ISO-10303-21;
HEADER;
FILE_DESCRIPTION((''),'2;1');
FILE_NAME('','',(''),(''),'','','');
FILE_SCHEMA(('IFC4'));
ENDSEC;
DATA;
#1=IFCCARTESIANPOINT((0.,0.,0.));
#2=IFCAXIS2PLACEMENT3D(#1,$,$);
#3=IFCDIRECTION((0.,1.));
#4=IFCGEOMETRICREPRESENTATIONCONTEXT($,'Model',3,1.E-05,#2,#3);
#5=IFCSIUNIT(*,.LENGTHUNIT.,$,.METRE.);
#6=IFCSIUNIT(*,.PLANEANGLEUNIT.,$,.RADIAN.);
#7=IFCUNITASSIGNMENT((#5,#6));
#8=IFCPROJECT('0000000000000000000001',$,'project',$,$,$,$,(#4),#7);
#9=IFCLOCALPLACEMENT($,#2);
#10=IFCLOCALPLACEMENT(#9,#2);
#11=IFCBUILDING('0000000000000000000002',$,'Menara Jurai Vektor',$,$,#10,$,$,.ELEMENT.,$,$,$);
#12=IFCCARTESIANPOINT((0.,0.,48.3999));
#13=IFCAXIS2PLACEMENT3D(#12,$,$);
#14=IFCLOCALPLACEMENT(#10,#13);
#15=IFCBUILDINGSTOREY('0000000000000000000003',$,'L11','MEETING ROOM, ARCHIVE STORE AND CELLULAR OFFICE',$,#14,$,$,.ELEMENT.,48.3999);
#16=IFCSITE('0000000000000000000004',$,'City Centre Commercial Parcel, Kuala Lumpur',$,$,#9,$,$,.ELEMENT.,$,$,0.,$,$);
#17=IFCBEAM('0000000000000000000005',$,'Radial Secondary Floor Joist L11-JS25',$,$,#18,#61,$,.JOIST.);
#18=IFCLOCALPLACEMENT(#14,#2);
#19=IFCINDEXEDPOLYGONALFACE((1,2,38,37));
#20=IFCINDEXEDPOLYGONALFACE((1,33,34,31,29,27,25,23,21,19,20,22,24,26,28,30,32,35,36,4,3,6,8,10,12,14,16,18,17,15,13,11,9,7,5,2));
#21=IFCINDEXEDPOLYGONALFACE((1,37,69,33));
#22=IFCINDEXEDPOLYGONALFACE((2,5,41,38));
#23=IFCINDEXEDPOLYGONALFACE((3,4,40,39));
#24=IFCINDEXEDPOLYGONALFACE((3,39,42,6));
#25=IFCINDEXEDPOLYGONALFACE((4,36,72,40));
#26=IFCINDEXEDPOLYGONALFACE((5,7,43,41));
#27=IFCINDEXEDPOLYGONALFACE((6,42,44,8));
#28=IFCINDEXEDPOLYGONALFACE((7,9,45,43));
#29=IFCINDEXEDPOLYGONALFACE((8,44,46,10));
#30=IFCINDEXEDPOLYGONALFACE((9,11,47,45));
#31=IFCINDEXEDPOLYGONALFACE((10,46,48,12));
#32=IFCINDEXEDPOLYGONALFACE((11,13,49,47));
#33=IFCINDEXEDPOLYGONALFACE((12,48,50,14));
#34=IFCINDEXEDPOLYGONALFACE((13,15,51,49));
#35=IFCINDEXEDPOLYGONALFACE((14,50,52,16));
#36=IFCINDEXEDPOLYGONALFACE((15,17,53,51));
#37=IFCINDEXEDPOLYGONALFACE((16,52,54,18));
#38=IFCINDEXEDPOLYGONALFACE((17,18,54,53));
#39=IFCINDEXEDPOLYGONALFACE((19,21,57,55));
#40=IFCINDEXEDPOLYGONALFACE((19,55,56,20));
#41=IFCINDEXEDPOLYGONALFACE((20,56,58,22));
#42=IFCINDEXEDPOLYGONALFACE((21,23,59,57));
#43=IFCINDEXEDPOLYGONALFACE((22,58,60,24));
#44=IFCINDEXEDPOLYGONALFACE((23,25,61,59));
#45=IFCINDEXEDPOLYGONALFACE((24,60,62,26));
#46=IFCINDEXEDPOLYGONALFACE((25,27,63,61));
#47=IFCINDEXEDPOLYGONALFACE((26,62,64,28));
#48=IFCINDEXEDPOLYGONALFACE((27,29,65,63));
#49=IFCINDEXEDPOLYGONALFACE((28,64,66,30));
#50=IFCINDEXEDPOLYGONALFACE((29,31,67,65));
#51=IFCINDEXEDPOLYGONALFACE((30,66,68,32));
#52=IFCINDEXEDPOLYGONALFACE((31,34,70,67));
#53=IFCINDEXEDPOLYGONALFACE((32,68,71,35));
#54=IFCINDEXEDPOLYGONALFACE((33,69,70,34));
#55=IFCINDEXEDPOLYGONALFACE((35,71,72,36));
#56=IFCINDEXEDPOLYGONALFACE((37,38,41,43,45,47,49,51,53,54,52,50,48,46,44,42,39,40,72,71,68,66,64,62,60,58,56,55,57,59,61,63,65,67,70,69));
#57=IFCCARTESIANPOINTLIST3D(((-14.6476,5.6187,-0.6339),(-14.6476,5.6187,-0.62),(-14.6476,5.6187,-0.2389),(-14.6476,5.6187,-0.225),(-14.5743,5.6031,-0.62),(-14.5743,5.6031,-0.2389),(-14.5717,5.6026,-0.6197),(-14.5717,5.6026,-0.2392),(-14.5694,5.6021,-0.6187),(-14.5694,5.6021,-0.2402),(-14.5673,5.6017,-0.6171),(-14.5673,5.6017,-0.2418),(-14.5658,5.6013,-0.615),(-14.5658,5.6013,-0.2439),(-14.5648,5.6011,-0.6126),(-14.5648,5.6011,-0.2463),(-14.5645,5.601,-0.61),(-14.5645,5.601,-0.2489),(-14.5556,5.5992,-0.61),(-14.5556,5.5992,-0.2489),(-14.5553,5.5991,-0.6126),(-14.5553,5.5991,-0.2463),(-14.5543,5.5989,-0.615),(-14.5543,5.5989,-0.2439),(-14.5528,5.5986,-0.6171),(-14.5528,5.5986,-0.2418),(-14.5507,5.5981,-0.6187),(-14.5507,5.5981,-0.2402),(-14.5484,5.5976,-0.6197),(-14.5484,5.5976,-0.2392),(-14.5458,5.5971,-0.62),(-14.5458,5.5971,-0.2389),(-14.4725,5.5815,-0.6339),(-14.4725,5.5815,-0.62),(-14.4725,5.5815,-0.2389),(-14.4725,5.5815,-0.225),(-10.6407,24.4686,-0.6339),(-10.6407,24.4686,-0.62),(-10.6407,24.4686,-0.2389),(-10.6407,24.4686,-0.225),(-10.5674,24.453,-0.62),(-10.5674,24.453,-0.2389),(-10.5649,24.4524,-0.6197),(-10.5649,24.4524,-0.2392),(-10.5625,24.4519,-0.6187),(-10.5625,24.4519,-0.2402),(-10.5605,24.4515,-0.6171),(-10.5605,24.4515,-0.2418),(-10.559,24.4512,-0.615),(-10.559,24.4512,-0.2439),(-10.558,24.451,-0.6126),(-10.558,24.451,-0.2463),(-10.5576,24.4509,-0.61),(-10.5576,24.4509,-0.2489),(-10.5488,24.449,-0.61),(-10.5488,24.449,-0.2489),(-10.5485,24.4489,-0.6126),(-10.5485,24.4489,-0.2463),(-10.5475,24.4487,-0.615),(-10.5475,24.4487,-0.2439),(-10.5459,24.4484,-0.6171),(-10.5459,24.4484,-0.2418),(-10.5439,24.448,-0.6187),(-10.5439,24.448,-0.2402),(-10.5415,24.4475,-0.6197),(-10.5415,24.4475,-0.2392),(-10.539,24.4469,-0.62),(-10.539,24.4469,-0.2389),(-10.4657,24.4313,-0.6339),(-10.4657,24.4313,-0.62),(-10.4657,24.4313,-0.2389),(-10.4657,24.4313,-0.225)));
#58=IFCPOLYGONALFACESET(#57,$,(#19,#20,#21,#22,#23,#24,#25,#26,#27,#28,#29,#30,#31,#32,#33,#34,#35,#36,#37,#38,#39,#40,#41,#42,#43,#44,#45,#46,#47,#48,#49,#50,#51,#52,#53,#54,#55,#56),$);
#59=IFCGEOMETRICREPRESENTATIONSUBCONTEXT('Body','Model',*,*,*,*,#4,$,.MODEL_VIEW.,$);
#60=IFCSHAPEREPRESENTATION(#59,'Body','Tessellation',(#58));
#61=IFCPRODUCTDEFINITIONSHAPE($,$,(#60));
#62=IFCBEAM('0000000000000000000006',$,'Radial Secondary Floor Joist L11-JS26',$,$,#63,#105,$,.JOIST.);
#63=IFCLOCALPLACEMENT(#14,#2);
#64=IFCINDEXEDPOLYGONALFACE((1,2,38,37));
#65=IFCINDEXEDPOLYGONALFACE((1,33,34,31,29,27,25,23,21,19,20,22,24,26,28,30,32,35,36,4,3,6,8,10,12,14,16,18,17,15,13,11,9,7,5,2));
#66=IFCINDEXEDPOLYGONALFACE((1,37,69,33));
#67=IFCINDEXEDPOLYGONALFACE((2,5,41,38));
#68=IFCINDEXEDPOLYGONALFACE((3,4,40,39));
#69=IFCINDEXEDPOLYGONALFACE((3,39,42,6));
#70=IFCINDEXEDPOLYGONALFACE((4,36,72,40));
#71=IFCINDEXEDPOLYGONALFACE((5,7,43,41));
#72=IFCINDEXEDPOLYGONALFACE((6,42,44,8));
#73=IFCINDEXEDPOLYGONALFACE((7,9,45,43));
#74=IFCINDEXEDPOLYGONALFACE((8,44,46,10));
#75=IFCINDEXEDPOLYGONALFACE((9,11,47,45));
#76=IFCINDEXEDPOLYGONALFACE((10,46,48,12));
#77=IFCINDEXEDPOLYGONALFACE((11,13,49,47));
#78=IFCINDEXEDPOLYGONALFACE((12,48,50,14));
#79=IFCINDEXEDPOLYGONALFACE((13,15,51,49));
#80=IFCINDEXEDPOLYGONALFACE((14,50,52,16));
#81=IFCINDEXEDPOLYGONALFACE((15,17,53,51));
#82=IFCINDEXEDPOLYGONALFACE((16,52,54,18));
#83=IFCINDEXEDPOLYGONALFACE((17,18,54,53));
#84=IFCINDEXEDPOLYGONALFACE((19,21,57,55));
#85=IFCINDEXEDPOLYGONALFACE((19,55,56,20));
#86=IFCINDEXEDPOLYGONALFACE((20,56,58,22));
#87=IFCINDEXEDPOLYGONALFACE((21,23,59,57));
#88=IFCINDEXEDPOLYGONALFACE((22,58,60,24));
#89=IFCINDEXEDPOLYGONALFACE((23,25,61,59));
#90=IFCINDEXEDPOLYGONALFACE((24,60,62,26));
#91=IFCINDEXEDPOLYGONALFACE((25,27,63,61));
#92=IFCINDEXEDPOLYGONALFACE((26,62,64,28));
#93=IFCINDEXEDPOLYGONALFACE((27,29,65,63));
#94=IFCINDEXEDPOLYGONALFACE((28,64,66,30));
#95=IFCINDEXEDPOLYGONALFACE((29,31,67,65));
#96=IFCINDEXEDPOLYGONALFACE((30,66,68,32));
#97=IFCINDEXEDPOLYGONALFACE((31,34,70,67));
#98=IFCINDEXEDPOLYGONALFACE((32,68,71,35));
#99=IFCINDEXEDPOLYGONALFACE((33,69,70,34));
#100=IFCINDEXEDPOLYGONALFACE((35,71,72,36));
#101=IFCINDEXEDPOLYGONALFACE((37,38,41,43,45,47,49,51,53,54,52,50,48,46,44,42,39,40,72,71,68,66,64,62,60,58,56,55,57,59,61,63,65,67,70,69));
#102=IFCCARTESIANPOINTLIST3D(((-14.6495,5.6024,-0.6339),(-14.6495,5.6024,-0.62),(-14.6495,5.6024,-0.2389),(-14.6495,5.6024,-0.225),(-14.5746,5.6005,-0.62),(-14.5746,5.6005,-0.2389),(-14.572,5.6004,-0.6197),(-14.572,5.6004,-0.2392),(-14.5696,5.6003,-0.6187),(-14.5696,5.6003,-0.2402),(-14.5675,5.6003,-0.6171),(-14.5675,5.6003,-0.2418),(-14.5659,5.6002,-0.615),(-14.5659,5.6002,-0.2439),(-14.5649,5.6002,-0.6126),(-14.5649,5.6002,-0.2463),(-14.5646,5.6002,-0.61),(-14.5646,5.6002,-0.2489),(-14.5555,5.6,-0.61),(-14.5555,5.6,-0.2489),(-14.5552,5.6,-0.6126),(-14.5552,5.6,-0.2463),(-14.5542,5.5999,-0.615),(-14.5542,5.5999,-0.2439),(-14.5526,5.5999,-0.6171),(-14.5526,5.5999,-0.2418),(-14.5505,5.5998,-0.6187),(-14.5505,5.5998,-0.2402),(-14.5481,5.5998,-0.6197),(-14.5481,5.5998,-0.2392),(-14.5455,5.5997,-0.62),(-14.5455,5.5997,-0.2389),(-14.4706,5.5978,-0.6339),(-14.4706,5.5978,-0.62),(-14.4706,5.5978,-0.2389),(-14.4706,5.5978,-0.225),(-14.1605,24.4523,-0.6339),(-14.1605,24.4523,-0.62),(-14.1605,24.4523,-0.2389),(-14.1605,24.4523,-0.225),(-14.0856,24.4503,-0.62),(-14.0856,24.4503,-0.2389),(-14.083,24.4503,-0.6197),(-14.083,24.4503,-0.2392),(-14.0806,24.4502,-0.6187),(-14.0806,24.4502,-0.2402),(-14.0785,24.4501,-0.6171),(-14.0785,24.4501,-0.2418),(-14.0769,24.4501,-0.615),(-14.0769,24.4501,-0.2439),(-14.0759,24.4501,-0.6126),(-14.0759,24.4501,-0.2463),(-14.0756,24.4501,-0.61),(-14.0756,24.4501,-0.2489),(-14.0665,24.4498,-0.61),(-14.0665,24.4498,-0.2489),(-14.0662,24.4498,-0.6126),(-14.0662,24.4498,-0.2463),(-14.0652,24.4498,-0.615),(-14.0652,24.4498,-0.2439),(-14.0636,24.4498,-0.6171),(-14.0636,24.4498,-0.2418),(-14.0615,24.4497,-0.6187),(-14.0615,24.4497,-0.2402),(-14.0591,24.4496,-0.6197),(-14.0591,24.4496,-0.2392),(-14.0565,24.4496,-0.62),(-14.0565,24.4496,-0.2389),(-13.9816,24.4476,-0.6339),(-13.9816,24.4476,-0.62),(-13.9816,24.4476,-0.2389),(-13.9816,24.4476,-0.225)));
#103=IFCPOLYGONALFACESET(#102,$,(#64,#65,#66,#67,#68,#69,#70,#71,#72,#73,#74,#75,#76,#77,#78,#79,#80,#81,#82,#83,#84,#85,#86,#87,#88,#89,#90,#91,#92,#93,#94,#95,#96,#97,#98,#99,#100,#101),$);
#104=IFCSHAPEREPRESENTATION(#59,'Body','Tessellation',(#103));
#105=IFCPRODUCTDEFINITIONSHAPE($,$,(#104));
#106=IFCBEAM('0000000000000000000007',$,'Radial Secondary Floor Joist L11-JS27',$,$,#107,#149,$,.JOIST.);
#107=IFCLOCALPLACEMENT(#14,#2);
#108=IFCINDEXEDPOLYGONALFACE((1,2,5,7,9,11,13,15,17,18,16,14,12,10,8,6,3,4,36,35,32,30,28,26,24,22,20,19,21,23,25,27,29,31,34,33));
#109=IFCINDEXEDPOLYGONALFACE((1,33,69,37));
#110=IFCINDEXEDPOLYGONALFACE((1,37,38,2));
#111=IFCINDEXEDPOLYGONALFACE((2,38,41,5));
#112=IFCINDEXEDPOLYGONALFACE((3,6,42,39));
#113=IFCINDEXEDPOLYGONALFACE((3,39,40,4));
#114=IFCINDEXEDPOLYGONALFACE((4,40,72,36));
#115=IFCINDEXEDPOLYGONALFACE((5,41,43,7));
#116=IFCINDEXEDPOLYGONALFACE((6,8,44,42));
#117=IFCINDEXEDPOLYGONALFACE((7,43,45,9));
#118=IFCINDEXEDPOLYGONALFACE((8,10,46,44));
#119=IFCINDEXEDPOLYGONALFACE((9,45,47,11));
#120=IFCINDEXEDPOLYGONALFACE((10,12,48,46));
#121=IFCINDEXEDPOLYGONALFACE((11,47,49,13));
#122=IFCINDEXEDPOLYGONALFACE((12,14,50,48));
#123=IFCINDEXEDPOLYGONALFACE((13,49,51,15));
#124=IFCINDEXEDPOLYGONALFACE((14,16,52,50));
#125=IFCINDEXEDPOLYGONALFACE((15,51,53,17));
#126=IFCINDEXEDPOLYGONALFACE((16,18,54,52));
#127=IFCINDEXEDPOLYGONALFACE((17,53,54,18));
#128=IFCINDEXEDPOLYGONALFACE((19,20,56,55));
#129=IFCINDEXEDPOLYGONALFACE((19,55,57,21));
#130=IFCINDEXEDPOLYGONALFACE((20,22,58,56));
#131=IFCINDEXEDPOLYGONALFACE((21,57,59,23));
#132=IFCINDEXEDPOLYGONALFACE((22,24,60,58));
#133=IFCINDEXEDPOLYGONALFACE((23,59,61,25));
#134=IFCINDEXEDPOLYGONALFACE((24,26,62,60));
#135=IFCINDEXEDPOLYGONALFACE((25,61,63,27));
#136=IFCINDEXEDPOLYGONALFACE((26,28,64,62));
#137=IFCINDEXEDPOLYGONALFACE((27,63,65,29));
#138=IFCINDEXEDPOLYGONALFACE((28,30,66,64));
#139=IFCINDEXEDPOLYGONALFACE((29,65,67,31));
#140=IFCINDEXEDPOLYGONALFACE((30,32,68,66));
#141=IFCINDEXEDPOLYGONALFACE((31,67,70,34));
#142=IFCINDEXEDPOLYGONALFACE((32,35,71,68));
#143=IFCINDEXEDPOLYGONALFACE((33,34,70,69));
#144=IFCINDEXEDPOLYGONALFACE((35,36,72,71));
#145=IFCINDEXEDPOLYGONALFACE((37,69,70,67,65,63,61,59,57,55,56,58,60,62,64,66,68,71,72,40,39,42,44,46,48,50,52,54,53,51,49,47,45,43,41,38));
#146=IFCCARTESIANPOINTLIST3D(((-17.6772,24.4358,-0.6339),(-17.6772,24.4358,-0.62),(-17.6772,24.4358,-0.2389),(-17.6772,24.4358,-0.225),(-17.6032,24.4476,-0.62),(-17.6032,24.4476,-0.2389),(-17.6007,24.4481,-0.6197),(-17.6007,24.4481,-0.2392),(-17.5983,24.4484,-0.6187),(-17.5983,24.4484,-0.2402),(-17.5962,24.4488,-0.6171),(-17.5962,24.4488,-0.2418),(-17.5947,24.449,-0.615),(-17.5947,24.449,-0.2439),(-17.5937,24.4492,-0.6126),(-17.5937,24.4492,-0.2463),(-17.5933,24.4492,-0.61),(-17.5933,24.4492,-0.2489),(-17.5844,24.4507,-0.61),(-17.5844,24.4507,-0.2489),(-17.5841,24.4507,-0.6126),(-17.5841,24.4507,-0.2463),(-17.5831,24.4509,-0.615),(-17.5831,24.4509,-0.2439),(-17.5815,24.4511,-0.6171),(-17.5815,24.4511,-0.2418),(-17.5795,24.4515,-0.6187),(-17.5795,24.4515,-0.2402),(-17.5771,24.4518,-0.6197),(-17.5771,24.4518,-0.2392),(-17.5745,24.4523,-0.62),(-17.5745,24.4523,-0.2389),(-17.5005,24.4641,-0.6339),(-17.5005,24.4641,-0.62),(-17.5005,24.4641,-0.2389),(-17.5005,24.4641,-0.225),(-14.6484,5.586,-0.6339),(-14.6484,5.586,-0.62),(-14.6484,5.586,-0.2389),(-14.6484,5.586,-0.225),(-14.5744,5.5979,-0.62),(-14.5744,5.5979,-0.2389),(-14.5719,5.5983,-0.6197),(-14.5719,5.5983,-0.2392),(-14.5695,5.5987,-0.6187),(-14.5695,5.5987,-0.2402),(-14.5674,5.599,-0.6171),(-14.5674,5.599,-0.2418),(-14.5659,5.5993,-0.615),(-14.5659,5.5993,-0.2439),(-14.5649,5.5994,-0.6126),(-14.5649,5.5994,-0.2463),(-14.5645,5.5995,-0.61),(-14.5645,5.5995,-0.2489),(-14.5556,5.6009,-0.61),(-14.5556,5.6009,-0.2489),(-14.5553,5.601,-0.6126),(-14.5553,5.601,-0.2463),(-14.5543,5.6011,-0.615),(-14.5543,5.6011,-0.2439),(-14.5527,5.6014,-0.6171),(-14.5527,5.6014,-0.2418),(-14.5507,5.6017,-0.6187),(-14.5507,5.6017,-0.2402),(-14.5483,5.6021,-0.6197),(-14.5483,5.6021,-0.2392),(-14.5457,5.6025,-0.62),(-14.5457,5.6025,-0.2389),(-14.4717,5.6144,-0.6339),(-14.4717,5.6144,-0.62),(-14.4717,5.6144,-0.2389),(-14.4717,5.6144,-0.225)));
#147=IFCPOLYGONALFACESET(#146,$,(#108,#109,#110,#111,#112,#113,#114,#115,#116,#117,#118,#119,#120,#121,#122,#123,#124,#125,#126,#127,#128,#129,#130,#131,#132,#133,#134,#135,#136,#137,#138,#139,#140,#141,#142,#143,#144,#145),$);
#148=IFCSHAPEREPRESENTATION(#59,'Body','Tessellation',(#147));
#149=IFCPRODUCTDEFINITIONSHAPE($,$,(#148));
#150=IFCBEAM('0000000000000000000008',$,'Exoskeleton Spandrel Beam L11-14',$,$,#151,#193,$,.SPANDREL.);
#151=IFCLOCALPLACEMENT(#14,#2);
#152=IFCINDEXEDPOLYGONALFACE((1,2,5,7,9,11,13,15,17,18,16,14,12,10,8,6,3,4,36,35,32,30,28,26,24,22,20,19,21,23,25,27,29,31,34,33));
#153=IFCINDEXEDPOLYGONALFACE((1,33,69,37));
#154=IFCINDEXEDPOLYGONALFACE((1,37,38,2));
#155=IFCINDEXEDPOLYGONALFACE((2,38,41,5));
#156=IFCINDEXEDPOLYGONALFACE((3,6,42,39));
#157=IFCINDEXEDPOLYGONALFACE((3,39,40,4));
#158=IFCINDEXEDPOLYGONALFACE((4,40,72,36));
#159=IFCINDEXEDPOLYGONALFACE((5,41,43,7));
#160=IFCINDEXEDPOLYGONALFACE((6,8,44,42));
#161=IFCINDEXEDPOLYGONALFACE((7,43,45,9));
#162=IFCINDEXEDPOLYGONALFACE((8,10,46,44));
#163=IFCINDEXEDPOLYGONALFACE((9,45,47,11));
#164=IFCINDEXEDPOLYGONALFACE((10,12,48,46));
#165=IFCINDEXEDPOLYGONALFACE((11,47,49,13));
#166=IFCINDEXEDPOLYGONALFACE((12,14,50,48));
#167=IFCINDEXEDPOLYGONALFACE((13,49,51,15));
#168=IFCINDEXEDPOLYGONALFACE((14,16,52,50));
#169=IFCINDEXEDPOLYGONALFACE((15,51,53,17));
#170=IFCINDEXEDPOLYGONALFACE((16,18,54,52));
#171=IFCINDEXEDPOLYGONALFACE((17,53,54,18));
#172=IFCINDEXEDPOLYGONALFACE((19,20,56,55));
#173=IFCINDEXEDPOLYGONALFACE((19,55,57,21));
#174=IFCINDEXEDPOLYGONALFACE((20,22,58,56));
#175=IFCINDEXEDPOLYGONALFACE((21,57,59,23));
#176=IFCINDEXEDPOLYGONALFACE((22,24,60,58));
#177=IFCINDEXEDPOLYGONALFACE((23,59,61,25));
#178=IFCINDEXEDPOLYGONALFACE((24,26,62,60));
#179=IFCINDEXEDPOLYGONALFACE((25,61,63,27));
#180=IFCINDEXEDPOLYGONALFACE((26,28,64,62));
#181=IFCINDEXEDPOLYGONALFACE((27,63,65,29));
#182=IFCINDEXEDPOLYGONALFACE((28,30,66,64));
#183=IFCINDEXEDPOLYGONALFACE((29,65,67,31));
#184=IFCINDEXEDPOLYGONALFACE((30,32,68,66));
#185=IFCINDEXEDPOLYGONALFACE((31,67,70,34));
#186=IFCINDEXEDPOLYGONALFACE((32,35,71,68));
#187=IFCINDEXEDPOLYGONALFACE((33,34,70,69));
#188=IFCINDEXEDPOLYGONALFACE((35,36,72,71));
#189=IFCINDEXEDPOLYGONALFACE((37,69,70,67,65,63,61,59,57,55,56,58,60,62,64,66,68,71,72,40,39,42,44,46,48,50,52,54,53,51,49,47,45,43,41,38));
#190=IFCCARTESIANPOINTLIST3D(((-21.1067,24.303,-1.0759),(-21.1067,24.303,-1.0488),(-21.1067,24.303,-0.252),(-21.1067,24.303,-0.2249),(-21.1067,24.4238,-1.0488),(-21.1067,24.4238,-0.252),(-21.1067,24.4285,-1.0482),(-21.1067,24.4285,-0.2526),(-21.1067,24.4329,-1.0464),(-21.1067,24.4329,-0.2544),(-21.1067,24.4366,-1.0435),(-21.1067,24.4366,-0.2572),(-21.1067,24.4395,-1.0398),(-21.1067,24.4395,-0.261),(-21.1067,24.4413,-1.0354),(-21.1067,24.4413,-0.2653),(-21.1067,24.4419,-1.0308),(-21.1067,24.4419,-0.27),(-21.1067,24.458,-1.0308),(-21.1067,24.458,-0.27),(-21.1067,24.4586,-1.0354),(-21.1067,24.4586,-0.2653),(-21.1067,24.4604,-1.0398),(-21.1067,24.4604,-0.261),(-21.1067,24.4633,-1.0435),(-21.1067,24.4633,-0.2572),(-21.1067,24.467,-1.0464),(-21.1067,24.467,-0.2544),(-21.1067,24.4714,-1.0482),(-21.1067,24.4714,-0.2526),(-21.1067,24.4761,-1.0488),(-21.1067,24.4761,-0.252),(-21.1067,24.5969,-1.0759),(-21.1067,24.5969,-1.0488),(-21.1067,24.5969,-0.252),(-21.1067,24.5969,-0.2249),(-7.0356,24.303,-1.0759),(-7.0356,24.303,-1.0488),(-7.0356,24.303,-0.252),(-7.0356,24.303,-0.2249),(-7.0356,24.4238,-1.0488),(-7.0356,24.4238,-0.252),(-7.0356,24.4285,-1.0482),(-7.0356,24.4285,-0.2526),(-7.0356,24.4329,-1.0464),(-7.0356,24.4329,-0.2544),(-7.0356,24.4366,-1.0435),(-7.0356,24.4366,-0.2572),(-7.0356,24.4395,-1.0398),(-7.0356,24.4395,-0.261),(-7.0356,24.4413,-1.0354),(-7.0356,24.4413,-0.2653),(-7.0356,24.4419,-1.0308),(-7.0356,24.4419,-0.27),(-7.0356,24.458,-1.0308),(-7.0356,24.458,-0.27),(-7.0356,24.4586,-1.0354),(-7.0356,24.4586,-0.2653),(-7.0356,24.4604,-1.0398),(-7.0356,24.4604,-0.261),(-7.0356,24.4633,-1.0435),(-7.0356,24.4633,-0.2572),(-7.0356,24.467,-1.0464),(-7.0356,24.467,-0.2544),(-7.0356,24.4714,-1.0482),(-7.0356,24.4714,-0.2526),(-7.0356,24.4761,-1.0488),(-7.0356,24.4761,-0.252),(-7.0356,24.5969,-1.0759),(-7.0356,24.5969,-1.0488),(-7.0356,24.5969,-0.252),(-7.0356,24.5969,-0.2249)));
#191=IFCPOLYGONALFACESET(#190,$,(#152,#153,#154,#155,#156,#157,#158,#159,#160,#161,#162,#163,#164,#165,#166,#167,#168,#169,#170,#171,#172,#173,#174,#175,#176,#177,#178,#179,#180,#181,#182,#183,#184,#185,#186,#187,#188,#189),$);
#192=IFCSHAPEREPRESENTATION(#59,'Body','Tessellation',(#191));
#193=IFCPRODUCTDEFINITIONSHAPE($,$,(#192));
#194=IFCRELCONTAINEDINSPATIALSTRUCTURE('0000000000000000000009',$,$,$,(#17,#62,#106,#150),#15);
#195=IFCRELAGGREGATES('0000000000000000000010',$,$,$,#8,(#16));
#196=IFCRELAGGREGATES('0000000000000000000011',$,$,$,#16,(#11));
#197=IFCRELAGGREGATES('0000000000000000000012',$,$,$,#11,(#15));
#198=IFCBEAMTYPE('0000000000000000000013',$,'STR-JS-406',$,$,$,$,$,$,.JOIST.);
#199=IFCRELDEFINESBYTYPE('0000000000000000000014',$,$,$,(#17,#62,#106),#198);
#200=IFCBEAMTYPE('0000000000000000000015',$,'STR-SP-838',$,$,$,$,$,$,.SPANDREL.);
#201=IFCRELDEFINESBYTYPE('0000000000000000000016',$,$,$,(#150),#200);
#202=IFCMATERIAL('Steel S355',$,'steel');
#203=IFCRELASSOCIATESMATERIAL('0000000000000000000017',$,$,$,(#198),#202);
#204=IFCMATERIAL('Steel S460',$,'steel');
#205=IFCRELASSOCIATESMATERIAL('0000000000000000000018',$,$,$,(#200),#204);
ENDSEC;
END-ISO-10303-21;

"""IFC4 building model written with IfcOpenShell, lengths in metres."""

from ifc_helpers import new_model, si_unit, direction, frame, origin, origin_2d, place, context, subcontext, project, spatial, i_section, extrude, material, material_profile, profile_set, type_object, element, save


model = new_model("IFC4")

# Units and contexts
model_context = context("Model", 3, precision=1e-05, world=origin(), true_north=direction((0.0, 1.0)))
body_context = subcontext(model_context, "Body", "Model", "MODEL_VIEW")
ifc_project = project(units=[si_unit("LENGTHUNIT", "METRE"), si_unit("PLANEANGLEUNIT", "RADIAN")], contexts=[model_context])

# Site, building, storey
site_placement = place(None, origin())
site = spatial("IfcSite", under=ifc_project, at=site_placement, Name="City Centre Commercial Parcel, Kuala Lumpur", CompositionType="ELEMENT", RefElevation=0.0)
building_placement = place(site_placement, origin())
building = spatial("IfcBuilding", under=site, at=building_placement, Name="Menara Jurai Vektor", CompositionType="ELEMENT")
storey_placement = place(building_placement, frame((0.0, 0.0, 48.3999)))
storey = spatial("IfcBuildingStorey", under=building, at=storey_placement, Name="L11", Description="MEETING ROOM, ARCHIVE STORE AND CELLULAR OFFICE", CompositionType="ELEMENT", Elevation=48.3999)

# Shared definitions
ifc_material_1 = material(Name="Steel S460", Category="steel")

# Beams
ifc_material_2 = material(Name="Steel S355", Category="steel")
ifc_material_profile_1 = material_profile(ifc_material_2, i_section(OverallWidth=0.179, OverallDepth=0.4089, WebThickness=0.009, FlangeThickness=0.0139, FilletRadius=0.01, at=origin_2d()), Name="UKB 406x178x67")
ifc_profile_set_1 = profile_set([ifc_material_profile_1], Name="Steel S355")
beam_type_1 = type_object("IfcBeamType", Name="STR-JS-406", PredefinedType="JOIST", material=ifc_profile_set_1)
beam_1_placement = place(storey_placement, frame((-10.5532, 24.45, -0.4294), z_axis=(-0.20792, -0.978146, 0.0), x_axis=(0.978146, -0.20792, 0.0)))
element("IfcBeam", 1, at=beam_1_placement, inside=storey, type_object=beam_type_1, Name="Radial Secondary Floor Joist L11-JS25", PredefinedType="JOIST", context=body_context, shape_type="SweptSolid", body=[
    extrude(i_section(OverallWidth=0.179, OverallDepth=0.4089, WebThickness=0.009, FlangeThickness=0.0139, FilletRadius=0.01, at=origin_2d()), origin(), (0.0, 0.0, 1.0), 19.271),
])
beam_2_placement = place(storey_placement, frame((-14.071, 24.45, -0.4294), z_axis=(-0.025934, -0.999664, 0.0), x_axis=(0.999664, -0.025934, 0.0)))
element("IfcBeam", 2, at=beam_2_placement, inside=storey, type_object=beam_type_1, Name="Radial Secondary Floor Joist L11-JS26", PredefinedType="JOIST", context=body_context, shape_type="SweptSolid", body=[
    extrude(i_section(OverallWidth=0.179, OverallDepth=0.4089, WebThickness=0.009, FlangeThickness=0.0139, FilletRadius=0.01, at=origin_2d()), origin(), (0.0, 0.0, 1.0), 18.8562),
])
beam_3_placement = place(storey_placement, frame((-17.5889, 24.45, -0.4294), z_axis=(0.158646, -0.987336, 0.0), x_axis=(0.987336, 0.158646, 0.0)))
element("IfcBeam", 3, at=beam_3_placement, inside=storey, type_object=beam_type_1, Name="Radial Secondary Floor Joist L11-JS27", PredefinedType="JOIST", context=body_context, shape_type="SweptSolid", body=[
    extrude(i_section(OverallWidth=0.179, OverallDepth=0.4089, WebThickness=0.009, FlangeThickness=0.0139, FilletRadius=0.01, at=origin_2d()), origin(), (0.0, 0.0, 1.0), 19.0916),
])
ifc_material_profile_2 = material_profile(ifc_material_1, i_section(OverallWidth=0.2939, OverallDepth=0.8511, WebThickness=0.0161, FlangeThickness=0.0271, FilletRadius=0.0181, at=origin_2d()), Name="UKB 838x292x226")
ifc_profile_set_2 = profile_set([ifc_material_profile_2], Name="Steel S460")
beam_type_2 = type_object("IfcBeamType", Name="STR-SP-838", PredefinedType="SPANDREL", material=ifc_profile_set_2)
for number, where, z_axis, x_axis, name in (
    (4, (-7.0356, 24.45, -0.6504), (-1.0, 0.0, 0.0), (0.0, -1.0, 0.0), "Exoskeleton Spandrel Beam L11-14"),
):
    element("IfcBeam", number, at=place(storey_placement, frame(where, z_axis=z_axis, x_axis=x_axis)), inside=storey, type_object=beam_type_2, Name=name, PredefinedType="SPANDREL", context=body_context, shape_type="SweptSolid", body=[
        extrude(i_section(OverallWidth=0.2939, OverallDepth=0.8511, WebThickness=0.0161, FlangeThickness=0.0271, FilletRadius=0.0181, at=origin_2d()), origin(), (0.0, 0.0, 1.0), 14.071),
    ])

save(model, "model.ifc")
